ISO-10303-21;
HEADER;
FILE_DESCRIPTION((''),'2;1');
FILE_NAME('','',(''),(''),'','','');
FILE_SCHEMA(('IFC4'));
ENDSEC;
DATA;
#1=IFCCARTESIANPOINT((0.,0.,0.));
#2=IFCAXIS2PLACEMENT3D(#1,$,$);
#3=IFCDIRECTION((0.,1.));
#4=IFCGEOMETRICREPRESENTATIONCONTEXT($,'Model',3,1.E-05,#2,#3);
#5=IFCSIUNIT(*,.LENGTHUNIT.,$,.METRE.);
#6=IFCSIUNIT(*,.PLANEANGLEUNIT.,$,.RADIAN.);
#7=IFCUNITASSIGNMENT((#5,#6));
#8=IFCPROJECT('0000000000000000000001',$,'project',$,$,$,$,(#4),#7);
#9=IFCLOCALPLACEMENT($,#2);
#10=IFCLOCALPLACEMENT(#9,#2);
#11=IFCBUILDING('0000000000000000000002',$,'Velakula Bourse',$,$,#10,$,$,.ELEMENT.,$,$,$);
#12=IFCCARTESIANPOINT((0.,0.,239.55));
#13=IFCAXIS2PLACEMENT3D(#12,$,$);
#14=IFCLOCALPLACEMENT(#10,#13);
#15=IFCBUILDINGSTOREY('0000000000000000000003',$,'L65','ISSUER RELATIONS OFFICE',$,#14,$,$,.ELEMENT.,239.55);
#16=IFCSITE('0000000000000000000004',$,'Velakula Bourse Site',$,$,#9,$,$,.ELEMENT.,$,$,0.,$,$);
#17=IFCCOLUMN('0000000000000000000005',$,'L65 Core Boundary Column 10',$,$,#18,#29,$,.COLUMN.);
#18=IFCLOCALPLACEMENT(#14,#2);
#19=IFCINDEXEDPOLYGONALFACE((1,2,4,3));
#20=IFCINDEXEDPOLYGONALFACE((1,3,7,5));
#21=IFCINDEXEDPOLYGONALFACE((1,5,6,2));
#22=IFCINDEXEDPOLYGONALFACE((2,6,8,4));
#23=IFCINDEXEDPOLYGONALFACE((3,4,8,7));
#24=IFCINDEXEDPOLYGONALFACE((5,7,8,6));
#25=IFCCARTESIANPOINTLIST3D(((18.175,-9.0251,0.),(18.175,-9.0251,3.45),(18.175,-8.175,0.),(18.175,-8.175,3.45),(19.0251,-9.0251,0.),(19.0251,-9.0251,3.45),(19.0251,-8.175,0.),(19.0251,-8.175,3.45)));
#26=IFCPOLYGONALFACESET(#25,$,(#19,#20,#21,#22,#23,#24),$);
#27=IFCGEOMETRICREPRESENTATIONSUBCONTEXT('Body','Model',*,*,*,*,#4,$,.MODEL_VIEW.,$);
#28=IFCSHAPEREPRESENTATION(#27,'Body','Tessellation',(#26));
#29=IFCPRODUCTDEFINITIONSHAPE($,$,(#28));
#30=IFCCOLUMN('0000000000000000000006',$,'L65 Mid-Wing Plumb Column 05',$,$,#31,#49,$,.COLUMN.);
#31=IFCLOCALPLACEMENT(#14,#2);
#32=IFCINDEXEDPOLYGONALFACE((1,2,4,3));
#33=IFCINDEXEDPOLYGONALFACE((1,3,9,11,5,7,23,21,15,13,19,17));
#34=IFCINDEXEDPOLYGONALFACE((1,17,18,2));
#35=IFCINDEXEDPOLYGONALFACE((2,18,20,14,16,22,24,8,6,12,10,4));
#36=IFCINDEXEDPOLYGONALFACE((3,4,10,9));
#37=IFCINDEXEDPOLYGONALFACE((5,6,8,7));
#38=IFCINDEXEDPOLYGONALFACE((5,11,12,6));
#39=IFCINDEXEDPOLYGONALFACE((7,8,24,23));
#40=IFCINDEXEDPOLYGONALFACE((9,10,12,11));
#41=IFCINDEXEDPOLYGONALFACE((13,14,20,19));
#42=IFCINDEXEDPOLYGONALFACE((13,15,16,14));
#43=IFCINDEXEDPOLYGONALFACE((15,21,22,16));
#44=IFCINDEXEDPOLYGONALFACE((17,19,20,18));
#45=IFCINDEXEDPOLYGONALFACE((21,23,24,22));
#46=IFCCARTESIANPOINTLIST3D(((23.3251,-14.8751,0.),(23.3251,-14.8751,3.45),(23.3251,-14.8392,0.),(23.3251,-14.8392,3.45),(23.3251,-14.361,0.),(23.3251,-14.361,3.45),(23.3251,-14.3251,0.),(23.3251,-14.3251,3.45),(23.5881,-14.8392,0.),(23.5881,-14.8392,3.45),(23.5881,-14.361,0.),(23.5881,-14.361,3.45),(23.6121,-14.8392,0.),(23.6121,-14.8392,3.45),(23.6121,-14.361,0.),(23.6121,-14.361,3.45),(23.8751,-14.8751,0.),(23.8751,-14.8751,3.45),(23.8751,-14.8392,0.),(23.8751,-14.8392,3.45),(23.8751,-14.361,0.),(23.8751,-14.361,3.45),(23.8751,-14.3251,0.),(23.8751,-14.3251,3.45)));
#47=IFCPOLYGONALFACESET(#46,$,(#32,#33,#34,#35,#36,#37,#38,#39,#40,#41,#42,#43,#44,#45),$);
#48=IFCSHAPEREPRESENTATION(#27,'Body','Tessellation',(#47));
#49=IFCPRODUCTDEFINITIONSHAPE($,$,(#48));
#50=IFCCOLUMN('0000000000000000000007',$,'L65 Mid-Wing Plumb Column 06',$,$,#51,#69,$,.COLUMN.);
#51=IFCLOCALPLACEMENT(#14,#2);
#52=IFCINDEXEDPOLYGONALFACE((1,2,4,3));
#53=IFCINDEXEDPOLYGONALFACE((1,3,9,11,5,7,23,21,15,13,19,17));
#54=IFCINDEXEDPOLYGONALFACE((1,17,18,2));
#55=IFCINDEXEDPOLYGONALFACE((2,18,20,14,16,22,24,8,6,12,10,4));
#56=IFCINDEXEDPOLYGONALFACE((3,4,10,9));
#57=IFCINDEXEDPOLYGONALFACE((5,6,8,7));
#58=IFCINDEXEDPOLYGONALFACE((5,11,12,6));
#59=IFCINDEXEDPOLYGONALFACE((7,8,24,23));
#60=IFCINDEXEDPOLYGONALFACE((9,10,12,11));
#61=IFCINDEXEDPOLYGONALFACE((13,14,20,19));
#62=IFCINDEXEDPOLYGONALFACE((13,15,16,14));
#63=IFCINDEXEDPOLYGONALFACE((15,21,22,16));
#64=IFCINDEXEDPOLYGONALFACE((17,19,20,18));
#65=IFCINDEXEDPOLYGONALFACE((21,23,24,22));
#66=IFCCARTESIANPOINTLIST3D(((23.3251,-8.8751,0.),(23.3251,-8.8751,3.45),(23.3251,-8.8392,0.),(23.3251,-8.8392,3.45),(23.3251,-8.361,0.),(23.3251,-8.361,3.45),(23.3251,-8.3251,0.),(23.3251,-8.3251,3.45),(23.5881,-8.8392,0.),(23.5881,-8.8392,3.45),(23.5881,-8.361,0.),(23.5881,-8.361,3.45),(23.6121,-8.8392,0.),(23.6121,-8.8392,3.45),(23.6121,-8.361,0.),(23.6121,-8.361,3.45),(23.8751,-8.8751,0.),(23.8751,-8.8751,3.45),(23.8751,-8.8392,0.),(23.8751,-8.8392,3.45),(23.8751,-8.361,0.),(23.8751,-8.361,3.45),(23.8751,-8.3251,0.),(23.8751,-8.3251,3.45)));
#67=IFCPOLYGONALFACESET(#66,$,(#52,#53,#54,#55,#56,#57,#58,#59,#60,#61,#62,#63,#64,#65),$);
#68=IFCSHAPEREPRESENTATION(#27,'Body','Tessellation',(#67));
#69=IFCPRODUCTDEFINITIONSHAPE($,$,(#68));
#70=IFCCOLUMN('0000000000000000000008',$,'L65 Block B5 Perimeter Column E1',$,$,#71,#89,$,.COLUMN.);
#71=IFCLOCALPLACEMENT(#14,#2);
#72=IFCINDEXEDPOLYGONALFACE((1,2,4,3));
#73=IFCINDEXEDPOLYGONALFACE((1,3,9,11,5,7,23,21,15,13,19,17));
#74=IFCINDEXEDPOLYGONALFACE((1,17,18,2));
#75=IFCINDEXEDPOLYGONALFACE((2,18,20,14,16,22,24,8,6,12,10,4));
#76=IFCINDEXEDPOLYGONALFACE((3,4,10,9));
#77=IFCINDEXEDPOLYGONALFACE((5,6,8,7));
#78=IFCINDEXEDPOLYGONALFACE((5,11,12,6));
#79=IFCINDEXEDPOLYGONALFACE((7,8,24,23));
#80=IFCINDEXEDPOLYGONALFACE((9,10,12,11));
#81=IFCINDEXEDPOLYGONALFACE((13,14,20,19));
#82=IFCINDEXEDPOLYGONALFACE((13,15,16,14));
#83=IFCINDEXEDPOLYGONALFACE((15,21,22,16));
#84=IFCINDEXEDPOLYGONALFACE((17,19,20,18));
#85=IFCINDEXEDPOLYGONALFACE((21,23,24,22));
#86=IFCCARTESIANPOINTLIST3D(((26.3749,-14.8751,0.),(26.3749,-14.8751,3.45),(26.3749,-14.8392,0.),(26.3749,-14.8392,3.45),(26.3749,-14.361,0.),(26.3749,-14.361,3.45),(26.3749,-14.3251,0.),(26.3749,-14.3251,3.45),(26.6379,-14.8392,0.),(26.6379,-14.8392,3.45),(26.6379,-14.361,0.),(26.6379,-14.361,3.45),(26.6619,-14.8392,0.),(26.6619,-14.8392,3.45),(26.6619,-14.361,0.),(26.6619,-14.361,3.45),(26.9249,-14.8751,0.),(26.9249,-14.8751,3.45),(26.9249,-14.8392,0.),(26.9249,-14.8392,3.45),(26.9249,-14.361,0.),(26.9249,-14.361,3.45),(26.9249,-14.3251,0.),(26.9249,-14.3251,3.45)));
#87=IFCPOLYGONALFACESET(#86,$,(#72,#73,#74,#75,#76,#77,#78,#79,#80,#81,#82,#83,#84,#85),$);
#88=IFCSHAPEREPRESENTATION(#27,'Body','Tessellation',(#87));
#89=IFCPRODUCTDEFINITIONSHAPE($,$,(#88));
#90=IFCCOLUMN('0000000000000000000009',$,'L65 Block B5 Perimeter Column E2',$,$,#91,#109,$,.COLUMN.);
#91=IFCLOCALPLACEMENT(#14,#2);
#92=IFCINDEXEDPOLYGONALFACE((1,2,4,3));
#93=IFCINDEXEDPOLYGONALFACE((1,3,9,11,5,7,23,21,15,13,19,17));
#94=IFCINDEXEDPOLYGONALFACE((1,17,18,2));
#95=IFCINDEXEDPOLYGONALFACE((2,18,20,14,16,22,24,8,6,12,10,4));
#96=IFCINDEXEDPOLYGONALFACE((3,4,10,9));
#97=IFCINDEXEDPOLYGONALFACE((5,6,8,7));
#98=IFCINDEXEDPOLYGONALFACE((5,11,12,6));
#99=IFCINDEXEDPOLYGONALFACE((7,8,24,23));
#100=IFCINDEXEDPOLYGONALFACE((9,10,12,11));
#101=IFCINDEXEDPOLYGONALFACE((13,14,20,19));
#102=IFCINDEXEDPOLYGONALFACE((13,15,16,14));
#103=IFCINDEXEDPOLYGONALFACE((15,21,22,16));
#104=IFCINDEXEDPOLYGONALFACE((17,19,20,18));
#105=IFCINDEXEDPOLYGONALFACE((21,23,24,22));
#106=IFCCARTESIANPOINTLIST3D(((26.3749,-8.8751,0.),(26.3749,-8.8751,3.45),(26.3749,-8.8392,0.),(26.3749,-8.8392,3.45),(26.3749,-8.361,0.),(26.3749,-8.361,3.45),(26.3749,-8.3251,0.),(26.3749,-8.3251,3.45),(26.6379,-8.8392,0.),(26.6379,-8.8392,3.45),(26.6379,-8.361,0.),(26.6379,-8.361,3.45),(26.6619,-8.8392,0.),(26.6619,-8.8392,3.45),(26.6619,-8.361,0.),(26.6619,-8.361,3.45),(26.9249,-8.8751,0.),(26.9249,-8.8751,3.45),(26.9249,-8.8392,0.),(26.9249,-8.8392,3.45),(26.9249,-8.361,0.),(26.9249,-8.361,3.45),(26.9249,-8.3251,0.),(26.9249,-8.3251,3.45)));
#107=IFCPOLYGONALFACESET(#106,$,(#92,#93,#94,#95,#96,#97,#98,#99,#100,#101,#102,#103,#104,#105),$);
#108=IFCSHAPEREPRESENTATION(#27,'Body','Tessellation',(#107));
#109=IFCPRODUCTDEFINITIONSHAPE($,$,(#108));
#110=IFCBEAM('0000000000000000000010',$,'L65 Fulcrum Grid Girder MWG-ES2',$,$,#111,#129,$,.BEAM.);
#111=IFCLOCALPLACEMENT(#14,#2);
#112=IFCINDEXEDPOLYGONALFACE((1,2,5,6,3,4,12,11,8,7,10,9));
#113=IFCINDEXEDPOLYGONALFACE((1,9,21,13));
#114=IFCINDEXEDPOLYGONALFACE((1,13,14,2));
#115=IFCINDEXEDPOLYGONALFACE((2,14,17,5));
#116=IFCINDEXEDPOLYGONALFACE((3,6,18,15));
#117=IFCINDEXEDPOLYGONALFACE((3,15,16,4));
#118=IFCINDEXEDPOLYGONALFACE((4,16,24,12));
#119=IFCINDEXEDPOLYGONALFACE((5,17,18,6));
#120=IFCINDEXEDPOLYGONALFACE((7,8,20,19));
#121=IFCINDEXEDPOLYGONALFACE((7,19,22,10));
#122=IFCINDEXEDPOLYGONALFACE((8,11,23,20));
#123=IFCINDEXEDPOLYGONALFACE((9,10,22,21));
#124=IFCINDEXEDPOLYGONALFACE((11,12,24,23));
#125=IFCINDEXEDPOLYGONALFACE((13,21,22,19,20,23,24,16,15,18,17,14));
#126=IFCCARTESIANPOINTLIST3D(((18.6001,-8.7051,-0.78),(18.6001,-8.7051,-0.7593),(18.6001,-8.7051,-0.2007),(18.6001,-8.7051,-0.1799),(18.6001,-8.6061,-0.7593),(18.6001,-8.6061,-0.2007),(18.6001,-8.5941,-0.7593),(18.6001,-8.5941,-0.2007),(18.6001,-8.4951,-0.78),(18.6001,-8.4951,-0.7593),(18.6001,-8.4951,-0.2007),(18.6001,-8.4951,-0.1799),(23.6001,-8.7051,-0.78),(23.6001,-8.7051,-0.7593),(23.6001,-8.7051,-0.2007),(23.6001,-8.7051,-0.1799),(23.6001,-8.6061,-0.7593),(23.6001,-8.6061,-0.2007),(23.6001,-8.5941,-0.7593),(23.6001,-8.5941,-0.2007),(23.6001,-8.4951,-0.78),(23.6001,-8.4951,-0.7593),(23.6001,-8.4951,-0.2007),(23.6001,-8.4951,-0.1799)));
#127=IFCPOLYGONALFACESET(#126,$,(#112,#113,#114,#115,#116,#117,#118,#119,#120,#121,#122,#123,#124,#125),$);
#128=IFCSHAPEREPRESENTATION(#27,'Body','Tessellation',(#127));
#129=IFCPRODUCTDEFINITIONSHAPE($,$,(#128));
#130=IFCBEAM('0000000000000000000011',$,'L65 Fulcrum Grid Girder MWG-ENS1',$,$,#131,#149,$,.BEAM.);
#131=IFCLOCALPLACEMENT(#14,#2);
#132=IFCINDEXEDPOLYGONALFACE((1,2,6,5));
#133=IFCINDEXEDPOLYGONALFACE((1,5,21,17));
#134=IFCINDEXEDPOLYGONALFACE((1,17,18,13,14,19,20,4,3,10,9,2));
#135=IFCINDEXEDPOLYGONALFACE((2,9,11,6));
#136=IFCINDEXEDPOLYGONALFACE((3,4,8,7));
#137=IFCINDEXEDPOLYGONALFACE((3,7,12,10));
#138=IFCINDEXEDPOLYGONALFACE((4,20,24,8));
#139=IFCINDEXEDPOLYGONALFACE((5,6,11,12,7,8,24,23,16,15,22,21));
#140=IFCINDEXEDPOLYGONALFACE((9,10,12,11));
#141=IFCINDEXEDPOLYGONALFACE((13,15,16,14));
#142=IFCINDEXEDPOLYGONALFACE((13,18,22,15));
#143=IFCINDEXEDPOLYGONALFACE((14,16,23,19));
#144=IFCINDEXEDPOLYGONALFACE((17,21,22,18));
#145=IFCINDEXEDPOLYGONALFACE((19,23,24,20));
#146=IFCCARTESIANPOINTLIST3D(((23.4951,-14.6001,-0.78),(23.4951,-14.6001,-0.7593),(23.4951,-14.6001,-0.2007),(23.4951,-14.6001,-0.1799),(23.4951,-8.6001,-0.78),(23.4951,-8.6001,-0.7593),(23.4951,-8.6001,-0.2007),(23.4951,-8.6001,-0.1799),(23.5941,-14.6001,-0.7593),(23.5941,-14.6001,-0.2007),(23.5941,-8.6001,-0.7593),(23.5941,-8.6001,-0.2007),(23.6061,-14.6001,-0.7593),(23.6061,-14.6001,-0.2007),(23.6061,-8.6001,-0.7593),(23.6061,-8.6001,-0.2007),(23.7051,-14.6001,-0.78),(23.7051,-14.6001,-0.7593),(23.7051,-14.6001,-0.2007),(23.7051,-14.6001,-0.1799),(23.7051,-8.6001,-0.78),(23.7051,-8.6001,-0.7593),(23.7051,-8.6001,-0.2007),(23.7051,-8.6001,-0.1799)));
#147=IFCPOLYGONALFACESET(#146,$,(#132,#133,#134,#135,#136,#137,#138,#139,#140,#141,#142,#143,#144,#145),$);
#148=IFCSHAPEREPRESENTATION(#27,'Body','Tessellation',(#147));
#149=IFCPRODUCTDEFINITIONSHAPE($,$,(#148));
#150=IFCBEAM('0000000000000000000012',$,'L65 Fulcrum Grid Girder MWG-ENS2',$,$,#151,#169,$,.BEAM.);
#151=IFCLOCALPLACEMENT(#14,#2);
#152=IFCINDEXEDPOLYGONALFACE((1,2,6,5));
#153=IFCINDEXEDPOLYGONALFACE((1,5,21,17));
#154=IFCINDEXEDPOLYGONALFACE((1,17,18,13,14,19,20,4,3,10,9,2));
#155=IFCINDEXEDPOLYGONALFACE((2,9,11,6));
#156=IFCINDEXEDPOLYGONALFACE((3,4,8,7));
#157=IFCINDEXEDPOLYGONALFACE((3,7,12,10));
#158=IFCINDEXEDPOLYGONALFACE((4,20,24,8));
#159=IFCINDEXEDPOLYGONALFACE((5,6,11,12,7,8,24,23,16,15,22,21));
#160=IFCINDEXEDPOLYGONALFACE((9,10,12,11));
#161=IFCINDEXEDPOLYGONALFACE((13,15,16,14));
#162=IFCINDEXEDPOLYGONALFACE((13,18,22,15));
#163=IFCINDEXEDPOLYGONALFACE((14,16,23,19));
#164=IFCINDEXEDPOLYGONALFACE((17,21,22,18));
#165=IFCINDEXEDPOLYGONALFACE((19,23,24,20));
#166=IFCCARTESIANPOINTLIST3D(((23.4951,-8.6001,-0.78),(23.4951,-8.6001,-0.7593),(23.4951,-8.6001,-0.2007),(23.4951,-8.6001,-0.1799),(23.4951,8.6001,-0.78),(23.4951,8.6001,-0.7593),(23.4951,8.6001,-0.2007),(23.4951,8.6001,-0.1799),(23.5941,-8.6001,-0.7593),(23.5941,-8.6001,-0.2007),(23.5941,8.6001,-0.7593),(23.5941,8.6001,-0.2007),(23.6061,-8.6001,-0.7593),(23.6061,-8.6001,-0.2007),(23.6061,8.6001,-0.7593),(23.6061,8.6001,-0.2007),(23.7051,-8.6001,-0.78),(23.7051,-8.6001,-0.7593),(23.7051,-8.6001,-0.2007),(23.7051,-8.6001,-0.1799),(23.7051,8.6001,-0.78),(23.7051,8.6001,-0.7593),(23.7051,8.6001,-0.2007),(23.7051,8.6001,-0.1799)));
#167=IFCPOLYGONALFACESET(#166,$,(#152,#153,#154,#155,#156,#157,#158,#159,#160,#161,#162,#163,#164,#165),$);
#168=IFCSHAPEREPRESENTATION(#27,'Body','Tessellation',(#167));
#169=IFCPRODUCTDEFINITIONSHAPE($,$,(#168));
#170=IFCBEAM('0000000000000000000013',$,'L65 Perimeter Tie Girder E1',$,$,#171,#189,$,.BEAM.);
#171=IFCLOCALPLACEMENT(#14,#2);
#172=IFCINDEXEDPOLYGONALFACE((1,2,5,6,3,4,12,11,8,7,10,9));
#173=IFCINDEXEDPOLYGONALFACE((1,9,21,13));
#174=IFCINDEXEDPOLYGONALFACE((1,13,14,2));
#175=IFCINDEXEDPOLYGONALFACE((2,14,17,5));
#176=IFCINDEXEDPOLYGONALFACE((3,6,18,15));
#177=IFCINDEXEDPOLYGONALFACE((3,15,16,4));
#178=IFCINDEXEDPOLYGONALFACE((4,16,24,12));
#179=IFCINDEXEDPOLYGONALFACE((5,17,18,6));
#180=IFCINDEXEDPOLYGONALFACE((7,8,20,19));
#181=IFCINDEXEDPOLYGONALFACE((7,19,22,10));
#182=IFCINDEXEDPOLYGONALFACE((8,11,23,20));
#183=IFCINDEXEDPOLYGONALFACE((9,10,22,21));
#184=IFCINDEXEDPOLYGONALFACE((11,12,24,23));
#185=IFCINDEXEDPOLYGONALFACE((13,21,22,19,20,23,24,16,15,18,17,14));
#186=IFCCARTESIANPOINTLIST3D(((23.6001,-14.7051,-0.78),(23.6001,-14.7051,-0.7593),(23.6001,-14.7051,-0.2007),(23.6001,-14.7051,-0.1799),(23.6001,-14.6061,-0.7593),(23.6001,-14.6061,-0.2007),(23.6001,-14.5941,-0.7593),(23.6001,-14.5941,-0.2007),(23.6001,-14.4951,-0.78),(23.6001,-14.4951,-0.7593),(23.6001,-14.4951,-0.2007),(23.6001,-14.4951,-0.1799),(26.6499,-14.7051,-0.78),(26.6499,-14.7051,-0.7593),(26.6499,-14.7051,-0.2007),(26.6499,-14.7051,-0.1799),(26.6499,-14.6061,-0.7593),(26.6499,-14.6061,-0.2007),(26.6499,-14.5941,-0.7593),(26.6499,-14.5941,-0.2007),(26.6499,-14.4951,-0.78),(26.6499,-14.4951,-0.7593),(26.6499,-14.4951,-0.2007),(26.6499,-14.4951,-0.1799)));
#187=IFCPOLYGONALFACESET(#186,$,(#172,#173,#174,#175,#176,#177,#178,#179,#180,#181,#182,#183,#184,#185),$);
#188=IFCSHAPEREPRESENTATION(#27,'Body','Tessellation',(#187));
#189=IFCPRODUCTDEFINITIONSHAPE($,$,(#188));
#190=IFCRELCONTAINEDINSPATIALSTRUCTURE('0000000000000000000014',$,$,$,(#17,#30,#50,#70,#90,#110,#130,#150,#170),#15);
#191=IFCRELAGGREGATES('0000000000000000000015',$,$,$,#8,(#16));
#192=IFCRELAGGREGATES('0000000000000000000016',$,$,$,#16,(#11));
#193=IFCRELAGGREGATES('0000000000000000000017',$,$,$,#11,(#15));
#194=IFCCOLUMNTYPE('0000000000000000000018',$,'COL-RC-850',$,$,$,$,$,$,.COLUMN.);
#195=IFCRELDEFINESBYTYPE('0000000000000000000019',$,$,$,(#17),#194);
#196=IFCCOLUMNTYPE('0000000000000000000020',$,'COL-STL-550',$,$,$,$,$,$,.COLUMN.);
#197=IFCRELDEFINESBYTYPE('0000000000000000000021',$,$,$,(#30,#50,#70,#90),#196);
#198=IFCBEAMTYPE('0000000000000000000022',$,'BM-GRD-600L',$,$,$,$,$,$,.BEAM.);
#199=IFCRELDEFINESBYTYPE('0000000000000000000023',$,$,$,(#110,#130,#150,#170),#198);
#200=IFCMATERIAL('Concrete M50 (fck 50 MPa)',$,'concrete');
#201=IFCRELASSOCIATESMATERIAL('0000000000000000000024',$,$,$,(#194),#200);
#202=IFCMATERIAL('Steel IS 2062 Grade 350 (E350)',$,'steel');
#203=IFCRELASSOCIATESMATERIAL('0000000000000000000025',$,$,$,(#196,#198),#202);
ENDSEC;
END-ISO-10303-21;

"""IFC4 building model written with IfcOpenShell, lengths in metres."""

from ifc_helpers import new_model, si_unit, direction, frame, origin, origin_2d, place, context, subcontext, project, spatial, rectangle, i_section, extrude, material, material_profile, profile_set, type_object, element, save


model = new_model("IFC4")

# Units and contexts
model_context = context("Model", 3, precision=1e-05, world=origin(), true_north=direction((0.0, 1.0)))
body_context = subcontext(model_context, "Body", "Model", "MODEL_VIEW")
ifc_project = project(units=[si_unit("LENGTHUNIT", "METRE"), si_unit("PLANEANGLEUNIT", "RADIAN")], contexts=[model_context])

# Site, building, storey
site_placement = place(None, origin())
site = spatial("IfcSite", under=ifc_project, at=site_placement, Name="Velakula Bourse Site", CompositionType="ELEMENT", RefElevation=0.0)
building_placement = place(site_placement, origin())
building = spatial("IfcBuilding", under=site, at=building_placement, Name="Velakula Bourse", CompositionType="ELEMENT")
storey_placement = place(building_placement, frame((0.0, 0.0, 239.55)))
storey = spatial("IfcBuildingStorey", under=building, at=storey_placement, Name="L65", Description="ISSUER RELATIONS OFFICE", CompositionType="ELEMENT", Elevation=239.55)

# Columns
ifc_material_1 = material(Name="Concrete M50 (fck 50 MPa)", Category="concrete")
ifc_material_profile_1 = material_profile(ifc_material_1, rectangle(XDim=0.8501, YDim=0.8501, at=origin_2d()), Name="Concrete M50 (fck 50 MPa)")
ifc_profile_set_1 = profile_set([ifc_material_profile_1], Name="Concrete M50 (fck 50 MPa)")
column_type_1 = type_object("IfcColumnType", Name="COL-RC-850", PredefinedType="COLUMN", material=ifc_profile_set_1)
column_placement = place(storey_placement, frame((18.6001, -8.6001, 0.0), z_axis=(0.0, 0.0, 1.0), x_axis=(1.0, 0.0, 0.0)))
element("IfcColumn", 1, at=column_placement, inside=storey, type_object=column_type_1, Name="L65 Core Boundary Column 10", PredefinedType="COLUMN", context=body_context, shape_type="SweptSolid", body=[
    extrude(rectangle(XDim=0.8501, YDim=0.8501, at=origin_2d()), origin(), (0.0, 0.0, 1.0), 3.45),
])
ifc_material_2 = material(Name="Steel IS 2062 Grade 350 (E350)", Category="steel")
ifc_material_profile_2 = material_profile(ifc_material_2, i_section(OverallWidth=0.55, OverallDepth=0.55, WebThickness=0.0239, FlangeThickness=0.0359, at=origin_2d()), Name="Steel IS 2062 Grade 350 (E350)")
ifc_profile_set_2 = profile_set([ifc_material_profile_2], Name="Steel IS 2062 Grade 350 (E350)")
column_type_2 = type_object("IfcColumnType", Name="COL-STL-550", PredefinedType="COLUMN", material=ifc_profile_set_2)
for number, where, z_axis, x_axis, name in (
    (2, (23.6001, -14.6001, 0.0), (0.0, 0.0, 1.0), (1.0, 0.0, 0.0), "L65 Mid-Wing Plumb Column 05"),
    (3, (23.6001, -8.6001, 0.0), (0.0, 0.0, 1.0), (1.0, 0.0, 0.0), "L65 Mid-Wing Plumb Column 06"),
    (4, (26.6499, -14.6001, 0.0), (0.0, 0.0, 1.0), (1.0, 0.0, 0.0), "L65 Block B5 Perimeter Column E1"),
    (5, (26.6499, -8.6001, 0.0), (0.0, 0.0, 1.0), (1.0, 0.0, 0.0), "L65 Block B5 Perimeter Column E2"),
):
    element("IfcColumn", number, at=place(storey_placement, frame(where, z_axis=z_axis, x_axis=x_axis)), inside=storey, type_object=column_type_2, Name=name, PredefinedType="COLUMN", context=body_context, shape_type="SweptSolid", body=[
        extrude(i_section(OverallWidth=0.55, OverallDepth=0.55, WebThickness=0.0239, FlangeThickness=0.0359, at=origin_2d()), origin(), (0.0, 0.0, 1.0), 3.45),
    ])

# Beams
ifc_material_profile_3 = material_profile(ifc_material_2, i_section(OverallWidth=0.21, OverallDepth=0.6001, WebThickness=0.012, FlangeThickness=0.0208, at=origin_2d()), Name="Steel IS 2062 Grade 350 (E350)")
ifc_profile_set_3 = profile_set([ifc_material_profile_3], Name="Steel IS 2062 Grade 350 (E350)")
beam_type_1 = type_object("IfcBeamType", Name="BM-GRD-600L", PredefinedType="BEAM", material=ifc_profile_set_3)
beam_1_placement = place(storey_placement, frame((18.6001, -8.6001, -0.48), z_axis=(1.0, 0.0, 0.0), x_axis=(0.0, 1.0, 0.0)))
element("IfcBeam", 6, at=beam_1_placement, inside=storey, type_object=beam_type_1, Name="L65 Fulcrum Grid Girder MWG-ES2", PredefinedType="BEAM", context=body_context, shape_type="SweptSolid", body=[
    extrude(i_section(OverallWidth=0.21, OverallDepth=0.6001, WebThickness=0.012, FlangeThickness=0.0208, at=origin_2d()), origin(), (0.0, 0.0, 1.0), 5.0),
])
beam_2_placement = place(storey_placement, frame((23.6001, -14.6001, -0.48), z_axis=(0.0, 1.0, 0.0), x_axis=(-1.0, 0.0, 0.0)))
element("IfcBeam", 7, at=beam_2_placement, inside=storey, type_object=beam_type_1, Name="L65 Fulcrum Grid Girder MWG-ENS1", PredefinedType="BEAM", context=body_context, shape_type="SweptSolid", body=[
    extrude(i_section(OverallWidth=0.21, OverallDepth=0.6001, WebThickness=0.012, FlangeThickness=0.0208, at=origin_2d()), origin(), (0.0, 0.0, 1.0), 6.0),
])
beam_3_placement = place(storey_placement, frame((23.6001, -8.6001, -0.48), z_axis=(0.0, 1.0, 0.0), x_axis=(-1.0, 0.0, 0.0)))
element("IfcBeam", 8, at=beam_3_placement, inside=storey, type_object=beam_type_1, Name="L65 Fulcrum Grid Girder MWG-ENS2", PredefinedType="BEAM", context=body_context, shape_type="SweptSolid", body=[
    extrude(i_section(OverallWidth=0.21, OverallDepth=0.6001, WebThickness=0.012, FlangeThickness=0.0208, at=origin_2d()), origin(), (0.0, 0.0, 1.0), 17.2002),
])
for number, where, z_axis, x_axis, name in (
    (9, (23.6001, -14.6001, -0.48), (1.0, 0.0, 0.0), (0.0, 1.0, 0.0), "L65 Perimeter Tie Girder E1"),
):
    element("IfcBeam", number, at=place(storey_placement, frame(where, z_axis=z_axis, x_axis=x_axis)), inside=storey, type_object=beam_type_1, Name=name, PredefinedType="BEAM", context=body_context, shape_type="SweptSolid", body=[
        extrude(i_section(OverallWidth=0.21, OverallDepth=0.6001, WebThickness=0.012, FlangeThickness=0.0208, at=origin_2d()), origin(), (0.0, 0.0, 1.0), 3.0498),
    ])

save(model, "model.ifc")
